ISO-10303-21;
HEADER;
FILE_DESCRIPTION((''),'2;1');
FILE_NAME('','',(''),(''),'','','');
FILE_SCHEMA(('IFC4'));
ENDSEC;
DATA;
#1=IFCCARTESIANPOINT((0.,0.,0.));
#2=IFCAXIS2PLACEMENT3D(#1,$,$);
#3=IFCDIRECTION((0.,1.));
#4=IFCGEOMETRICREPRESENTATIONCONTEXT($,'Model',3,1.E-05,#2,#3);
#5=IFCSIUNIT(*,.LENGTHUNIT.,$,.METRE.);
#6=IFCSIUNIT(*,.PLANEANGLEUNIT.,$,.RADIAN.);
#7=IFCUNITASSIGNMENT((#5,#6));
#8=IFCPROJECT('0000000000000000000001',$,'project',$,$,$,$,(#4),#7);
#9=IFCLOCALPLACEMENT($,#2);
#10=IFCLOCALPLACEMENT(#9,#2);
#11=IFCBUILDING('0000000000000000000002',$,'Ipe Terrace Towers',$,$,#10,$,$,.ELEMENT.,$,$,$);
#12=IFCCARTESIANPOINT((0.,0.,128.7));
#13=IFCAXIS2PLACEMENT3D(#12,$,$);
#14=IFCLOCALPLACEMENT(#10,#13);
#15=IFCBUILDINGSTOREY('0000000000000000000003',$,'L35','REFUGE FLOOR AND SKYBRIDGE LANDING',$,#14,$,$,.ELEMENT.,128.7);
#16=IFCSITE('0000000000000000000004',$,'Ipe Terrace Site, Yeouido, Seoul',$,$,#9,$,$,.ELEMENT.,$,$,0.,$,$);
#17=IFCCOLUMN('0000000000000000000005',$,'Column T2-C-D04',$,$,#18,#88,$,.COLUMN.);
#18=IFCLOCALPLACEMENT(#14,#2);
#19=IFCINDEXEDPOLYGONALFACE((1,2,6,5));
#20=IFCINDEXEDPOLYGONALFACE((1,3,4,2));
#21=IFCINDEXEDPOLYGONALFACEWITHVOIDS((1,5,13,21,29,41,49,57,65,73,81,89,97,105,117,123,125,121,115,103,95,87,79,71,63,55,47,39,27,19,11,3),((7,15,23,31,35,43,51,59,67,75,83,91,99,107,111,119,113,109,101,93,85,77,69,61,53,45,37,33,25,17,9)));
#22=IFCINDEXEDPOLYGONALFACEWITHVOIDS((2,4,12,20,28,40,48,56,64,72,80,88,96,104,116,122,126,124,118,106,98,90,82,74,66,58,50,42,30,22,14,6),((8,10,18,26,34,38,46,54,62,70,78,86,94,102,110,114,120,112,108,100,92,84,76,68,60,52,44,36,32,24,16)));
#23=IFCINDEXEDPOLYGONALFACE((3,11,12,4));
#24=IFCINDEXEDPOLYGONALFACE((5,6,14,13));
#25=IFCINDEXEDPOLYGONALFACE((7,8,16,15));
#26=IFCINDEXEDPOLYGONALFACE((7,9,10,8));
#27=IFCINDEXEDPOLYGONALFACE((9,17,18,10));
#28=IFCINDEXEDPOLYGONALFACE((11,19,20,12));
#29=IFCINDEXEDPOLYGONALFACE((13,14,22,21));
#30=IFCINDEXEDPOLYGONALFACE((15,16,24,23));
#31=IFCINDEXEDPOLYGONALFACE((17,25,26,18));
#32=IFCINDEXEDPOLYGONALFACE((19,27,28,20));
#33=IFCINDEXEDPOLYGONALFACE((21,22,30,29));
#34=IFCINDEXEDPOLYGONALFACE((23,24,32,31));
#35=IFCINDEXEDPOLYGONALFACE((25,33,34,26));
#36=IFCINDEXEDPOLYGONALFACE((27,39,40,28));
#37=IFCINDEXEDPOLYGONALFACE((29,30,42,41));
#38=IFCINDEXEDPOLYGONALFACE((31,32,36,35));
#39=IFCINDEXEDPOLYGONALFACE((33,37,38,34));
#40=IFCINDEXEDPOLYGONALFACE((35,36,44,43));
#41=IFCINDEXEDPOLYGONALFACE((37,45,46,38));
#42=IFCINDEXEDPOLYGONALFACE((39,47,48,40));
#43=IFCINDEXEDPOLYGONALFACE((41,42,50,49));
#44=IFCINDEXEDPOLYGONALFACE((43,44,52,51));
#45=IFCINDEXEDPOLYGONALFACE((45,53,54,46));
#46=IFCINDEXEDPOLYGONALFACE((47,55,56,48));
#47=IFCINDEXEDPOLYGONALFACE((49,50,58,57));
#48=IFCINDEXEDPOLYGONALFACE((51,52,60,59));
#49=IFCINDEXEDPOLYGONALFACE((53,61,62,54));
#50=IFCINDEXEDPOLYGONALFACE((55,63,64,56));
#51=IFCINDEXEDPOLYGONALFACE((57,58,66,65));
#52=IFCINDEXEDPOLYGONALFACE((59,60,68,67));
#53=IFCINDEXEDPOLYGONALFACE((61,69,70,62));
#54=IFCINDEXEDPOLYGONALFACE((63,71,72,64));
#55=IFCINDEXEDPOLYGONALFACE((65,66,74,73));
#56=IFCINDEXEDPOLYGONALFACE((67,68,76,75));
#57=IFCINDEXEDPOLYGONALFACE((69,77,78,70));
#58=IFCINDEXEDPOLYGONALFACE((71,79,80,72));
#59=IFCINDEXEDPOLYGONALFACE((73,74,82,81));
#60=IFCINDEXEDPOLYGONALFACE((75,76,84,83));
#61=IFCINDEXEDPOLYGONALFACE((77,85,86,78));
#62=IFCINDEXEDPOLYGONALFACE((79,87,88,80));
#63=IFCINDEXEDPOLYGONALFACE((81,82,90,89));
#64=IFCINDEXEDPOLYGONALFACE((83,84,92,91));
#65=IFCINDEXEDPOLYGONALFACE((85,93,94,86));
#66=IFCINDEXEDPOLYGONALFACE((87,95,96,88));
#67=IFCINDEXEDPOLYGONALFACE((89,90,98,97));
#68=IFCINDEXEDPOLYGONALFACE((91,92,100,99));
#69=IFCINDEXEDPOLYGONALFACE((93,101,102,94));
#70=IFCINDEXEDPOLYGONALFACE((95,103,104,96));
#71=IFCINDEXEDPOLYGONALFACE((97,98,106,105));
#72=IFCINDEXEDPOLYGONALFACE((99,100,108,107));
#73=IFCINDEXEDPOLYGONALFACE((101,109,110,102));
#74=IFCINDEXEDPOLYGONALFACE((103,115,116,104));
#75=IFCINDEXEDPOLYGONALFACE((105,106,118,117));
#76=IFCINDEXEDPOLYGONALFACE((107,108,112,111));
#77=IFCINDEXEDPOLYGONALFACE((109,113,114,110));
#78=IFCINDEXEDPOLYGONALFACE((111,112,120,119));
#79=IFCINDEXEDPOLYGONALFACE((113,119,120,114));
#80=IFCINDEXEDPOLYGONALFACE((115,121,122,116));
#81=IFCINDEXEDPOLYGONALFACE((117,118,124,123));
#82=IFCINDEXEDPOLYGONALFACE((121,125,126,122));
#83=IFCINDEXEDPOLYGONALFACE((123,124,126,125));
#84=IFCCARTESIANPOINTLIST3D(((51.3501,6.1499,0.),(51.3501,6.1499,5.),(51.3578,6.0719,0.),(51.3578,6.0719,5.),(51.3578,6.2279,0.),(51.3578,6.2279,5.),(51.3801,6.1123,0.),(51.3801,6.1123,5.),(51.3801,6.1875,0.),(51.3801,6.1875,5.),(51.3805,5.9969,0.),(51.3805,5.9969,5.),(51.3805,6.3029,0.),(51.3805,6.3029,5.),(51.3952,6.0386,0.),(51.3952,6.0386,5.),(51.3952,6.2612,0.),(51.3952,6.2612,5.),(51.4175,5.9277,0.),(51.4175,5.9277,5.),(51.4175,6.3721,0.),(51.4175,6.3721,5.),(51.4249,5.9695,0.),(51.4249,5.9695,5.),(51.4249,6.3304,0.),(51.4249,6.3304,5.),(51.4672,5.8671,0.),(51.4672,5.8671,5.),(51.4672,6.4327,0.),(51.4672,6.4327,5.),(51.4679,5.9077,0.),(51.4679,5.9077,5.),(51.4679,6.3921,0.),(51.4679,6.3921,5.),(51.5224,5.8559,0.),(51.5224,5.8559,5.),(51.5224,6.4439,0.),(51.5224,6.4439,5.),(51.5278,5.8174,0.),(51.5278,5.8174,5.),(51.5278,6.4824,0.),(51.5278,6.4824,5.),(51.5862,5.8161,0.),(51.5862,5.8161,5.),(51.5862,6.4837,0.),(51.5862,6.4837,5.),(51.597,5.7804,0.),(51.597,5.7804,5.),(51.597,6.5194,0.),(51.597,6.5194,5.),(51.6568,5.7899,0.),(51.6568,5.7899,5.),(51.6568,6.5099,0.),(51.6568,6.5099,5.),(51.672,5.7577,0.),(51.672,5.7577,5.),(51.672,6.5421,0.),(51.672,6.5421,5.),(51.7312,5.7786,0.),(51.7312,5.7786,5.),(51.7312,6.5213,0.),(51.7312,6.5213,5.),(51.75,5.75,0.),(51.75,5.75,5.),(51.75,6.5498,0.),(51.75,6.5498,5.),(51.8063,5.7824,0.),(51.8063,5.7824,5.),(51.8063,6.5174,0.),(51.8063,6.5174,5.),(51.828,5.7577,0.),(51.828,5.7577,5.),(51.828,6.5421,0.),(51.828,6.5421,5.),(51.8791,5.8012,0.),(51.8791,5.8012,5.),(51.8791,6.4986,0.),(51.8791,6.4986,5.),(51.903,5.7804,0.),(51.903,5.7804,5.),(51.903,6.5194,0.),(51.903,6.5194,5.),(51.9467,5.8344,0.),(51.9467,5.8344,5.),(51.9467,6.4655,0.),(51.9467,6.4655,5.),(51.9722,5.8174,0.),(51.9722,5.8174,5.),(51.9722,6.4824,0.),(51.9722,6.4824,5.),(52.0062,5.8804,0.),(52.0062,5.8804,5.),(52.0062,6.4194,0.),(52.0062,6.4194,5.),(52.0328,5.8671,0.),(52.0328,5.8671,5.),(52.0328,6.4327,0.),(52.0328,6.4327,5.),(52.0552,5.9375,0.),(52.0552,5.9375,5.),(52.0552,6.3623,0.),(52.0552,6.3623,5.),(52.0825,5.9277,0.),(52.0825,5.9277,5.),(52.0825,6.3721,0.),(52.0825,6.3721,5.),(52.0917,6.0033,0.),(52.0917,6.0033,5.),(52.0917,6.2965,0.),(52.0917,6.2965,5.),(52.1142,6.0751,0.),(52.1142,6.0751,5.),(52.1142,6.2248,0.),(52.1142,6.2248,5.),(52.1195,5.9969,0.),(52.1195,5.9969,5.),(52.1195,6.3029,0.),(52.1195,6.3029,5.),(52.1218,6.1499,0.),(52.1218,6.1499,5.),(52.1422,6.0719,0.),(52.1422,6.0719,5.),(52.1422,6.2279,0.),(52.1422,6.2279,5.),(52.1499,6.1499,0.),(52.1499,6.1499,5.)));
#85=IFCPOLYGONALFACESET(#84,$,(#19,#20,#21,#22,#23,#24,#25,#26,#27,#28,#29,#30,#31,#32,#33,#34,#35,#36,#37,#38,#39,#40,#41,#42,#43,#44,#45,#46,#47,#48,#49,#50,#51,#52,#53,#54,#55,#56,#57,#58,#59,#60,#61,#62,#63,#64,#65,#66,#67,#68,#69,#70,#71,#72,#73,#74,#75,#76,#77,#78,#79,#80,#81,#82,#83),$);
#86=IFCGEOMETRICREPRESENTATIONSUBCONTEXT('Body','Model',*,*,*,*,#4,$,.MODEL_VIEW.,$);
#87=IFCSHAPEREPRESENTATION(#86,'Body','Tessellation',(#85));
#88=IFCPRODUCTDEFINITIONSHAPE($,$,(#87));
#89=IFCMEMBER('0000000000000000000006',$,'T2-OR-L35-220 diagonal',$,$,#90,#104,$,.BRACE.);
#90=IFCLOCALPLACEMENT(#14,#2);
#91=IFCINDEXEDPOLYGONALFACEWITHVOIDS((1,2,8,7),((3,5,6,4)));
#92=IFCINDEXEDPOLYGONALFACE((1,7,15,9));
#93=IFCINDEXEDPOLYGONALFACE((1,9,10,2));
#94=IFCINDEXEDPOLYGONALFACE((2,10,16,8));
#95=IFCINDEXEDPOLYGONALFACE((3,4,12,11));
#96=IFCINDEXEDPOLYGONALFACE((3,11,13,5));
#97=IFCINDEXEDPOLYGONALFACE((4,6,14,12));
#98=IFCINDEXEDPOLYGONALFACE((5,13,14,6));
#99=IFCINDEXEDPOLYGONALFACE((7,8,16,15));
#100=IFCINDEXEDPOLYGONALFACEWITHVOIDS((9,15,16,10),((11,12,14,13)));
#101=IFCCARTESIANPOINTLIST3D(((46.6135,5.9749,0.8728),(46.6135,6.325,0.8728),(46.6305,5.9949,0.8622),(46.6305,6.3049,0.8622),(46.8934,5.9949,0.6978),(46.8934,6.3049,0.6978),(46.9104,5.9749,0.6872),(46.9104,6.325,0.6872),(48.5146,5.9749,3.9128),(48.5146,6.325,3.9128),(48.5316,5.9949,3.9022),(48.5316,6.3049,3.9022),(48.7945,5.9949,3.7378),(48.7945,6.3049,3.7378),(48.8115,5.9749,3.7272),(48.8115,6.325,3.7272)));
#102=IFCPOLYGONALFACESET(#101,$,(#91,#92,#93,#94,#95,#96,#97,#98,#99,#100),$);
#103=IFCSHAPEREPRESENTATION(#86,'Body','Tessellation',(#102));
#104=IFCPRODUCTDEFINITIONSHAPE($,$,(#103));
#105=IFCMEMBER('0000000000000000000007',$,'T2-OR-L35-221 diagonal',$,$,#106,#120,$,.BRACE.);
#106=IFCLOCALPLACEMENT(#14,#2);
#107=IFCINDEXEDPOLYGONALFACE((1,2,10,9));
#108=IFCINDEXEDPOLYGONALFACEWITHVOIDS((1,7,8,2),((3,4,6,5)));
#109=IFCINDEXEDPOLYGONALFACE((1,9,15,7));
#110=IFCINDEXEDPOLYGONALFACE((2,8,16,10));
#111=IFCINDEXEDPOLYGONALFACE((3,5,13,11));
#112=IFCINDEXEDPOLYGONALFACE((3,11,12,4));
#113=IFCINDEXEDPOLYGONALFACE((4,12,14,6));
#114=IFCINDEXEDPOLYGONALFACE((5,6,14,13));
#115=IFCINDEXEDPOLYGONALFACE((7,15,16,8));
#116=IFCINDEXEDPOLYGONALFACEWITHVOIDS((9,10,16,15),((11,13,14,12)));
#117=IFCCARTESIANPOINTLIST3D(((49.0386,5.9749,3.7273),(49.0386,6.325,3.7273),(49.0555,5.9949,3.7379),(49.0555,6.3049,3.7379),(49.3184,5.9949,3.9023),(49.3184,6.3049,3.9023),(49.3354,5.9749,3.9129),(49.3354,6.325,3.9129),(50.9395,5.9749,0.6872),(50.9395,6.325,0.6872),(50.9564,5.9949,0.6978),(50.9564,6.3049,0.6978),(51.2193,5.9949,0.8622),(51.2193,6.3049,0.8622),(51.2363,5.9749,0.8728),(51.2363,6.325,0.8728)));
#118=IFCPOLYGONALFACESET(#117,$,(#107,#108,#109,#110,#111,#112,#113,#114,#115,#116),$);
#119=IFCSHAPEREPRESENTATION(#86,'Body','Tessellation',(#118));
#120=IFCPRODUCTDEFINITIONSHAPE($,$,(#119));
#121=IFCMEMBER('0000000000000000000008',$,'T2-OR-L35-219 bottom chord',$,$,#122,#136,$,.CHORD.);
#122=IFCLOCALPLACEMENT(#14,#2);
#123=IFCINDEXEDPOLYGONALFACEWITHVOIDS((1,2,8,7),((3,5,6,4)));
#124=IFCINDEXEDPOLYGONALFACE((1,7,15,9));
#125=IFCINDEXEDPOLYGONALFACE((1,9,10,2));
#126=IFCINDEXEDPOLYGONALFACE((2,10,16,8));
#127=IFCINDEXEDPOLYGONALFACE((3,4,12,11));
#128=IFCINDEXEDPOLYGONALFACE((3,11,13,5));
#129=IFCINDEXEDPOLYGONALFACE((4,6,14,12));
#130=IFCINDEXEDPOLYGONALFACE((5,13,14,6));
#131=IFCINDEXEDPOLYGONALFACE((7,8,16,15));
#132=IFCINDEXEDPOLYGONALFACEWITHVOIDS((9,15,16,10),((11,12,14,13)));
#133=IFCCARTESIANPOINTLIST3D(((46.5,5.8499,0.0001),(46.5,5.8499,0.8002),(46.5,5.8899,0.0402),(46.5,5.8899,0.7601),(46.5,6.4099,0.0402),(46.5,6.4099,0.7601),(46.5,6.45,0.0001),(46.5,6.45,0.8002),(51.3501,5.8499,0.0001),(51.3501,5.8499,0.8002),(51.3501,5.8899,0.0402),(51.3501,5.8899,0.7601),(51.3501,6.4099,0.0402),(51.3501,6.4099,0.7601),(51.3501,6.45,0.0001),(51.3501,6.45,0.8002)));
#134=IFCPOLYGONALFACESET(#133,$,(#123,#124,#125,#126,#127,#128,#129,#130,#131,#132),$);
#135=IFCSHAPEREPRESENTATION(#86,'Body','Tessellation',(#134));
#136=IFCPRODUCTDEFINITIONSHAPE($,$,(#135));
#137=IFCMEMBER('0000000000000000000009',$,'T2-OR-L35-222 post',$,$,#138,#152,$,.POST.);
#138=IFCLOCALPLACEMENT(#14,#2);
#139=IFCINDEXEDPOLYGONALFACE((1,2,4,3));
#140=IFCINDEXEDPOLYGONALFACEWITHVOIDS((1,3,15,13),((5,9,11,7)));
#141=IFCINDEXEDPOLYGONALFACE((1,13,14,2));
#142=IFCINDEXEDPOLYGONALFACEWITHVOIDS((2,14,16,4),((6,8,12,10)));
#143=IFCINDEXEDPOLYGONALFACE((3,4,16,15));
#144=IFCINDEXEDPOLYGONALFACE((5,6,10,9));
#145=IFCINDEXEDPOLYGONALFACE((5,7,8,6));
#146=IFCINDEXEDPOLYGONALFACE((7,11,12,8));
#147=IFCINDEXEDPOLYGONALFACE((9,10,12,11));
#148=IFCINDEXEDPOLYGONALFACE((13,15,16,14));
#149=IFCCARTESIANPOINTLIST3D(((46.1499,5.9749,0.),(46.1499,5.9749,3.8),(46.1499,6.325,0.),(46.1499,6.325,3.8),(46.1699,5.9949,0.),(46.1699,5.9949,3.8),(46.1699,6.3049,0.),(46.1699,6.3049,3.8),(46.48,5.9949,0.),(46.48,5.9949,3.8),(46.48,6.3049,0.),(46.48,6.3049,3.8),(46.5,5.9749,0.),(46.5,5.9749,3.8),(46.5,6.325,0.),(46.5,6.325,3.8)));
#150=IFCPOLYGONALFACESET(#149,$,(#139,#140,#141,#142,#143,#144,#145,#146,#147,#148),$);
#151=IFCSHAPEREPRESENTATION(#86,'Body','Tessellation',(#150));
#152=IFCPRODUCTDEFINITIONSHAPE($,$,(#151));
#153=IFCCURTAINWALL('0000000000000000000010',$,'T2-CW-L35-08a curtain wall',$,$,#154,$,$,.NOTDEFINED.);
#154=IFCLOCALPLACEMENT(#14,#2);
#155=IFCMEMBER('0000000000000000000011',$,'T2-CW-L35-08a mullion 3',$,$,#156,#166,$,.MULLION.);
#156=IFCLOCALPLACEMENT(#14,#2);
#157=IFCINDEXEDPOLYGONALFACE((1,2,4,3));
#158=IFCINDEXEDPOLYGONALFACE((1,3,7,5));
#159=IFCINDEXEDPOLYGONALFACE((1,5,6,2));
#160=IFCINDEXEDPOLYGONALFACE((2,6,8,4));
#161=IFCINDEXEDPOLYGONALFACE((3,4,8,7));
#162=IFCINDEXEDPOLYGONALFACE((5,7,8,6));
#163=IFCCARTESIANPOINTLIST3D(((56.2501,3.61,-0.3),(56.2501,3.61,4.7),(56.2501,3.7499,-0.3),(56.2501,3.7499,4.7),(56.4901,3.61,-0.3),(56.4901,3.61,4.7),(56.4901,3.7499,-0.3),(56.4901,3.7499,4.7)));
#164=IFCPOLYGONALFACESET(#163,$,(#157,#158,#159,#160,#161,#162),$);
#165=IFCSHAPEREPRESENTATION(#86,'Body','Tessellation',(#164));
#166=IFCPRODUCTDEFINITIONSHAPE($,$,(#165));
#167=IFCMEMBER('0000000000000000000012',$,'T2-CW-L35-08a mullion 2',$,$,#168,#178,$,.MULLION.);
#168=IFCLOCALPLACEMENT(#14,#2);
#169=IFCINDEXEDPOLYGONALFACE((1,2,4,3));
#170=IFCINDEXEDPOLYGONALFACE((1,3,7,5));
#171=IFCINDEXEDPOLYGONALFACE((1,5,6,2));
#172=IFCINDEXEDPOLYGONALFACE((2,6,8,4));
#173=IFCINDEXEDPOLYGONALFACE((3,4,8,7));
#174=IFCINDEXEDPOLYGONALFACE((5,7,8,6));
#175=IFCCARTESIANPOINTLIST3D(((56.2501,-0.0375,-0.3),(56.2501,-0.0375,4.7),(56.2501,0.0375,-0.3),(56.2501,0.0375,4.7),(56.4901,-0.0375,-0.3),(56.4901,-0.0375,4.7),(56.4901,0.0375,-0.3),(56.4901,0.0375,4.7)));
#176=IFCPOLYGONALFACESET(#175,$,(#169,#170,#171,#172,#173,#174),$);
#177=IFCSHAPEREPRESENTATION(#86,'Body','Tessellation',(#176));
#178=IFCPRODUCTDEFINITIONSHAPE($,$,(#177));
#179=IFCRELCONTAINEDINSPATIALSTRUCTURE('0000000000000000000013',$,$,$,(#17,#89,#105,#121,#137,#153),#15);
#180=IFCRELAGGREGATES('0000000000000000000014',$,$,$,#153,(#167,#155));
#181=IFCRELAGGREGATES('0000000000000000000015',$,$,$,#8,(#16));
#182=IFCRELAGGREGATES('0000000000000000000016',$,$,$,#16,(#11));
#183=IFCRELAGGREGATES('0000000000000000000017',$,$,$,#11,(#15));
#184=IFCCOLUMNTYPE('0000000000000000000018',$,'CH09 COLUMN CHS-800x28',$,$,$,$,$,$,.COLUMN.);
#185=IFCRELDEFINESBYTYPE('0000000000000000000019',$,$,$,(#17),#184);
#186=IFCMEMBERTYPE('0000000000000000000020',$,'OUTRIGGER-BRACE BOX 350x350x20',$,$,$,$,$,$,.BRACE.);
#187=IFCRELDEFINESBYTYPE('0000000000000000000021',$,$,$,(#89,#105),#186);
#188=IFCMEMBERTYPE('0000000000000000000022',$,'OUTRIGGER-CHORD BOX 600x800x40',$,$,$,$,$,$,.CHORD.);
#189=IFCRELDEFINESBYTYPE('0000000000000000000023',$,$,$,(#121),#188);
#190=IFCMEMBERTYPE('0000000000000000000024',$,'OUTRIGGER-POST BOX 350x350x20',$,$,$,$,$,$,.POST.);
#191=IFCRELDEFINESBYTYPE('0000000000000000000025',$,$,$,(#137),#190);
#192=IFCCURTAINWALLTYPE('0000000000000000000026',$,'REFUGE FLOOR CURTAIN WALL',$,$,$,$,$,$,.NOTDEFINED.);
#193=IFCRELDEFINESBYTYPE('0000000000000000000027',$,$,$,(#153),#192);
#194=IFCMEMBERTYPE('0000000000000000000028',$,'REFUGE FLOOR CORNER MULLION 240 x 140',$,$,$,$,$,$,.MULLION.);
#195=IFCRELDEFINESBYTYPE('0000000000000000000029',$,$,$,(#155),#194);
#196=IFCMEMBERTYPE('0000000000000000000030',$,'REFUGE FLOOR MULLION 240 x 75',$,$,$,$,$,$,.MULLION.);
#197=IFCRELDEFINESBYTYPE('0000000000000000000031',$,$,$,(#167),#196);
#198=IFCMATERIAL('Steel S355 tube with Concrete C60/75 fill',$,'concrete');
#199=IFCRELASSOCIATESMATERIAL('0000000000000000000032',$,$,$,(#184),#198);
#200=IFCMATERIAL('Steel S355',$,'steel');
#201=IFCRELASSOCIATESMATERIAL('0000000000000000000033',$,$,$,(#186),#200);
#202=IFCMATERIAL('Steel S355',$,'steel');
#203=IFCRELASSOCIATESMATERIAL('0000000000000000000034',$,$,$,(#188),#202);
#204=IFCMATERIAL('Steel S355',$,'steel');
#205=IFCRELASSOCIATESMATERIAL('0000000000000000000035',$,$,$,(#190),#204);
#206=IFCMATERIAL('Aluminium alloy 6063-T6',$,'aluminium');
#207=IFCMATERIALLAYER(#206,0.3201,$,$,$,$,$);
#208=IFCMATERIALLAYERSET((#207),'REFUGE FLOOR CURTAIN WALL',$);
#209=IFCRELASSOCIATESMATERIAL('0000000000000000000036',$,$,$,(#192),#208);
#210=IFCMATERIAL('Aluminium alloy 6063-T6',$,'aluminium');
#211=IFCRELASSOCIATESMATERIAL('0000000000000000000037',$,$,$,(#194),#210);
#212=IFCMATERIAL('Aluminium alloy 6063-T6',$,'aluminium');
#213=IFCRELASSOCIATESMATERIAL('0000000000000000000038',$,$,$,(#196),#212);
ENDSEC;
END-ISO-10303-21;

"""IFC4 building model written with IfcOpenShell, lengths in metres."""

from ifc_helpers import new_model, si_unit, direction, frame, origin, origin_2d, place, context, subcontext, project, spatial, rectangle, hollow_rectangle, hollow_circle, extrude, material, layer, layer_set, material_profile, profile_set, type_object, element, aggregate, save


model = new_model("IFC4")

# Units and contexts
model_context = context("Model", 3, precision=1e-05, world=origin(), true_north=direction((0.0, 1.0)))
body_context = subcontext(model_context, "Body", "Model", "MODEL_VIEW")
ifc_project = project(units=[si_unit("LENGTHUNIT", "METRE"), si_unit("PLANEANGLEUNIT", "RADIAN")], contexts=[model_context])

# Site, building, storey
site_placement = place(None, origin())
site = spatial("IfcSite", under=ifc_project, at=site_placement, Name="Ipe Terrace Site, Yeouido, Seoul", CompositionType="ELEMENT", RefElevation=0.0)
building_placement = place(site_placement, origin())
building = spatial("IfcBuilding", under=site, at=building_placement, Name="Ipe Terrace Towers", CompositionType="ELEMENT")
storey_placement = place(building_placement, frame((0.0, 0.0, 128.7)))
storey = spatial("IfcBuildingStorey", under=building, at=storey_placement, Name="L35", Description="REFUGE FLOOR AND SKYBRIDGE LANDING", CompositionType="ELEMENT", Elevation=128.7)

# Column
ifc_material_1 = material(Name="Steel S355 tube with Concrete C60/75 fill", Category="concrete")
ifc_material_profile_1 = material_profile(ifc_material_1, hollow_circle(Radius=0.3999, WallThickness=0.0281, at=origin_2d()), Name="CHS-800x28")
ifc_profile_set_1 = profile_set([ifc_material_profile_1], Name="Steel S355 tube with Concrete C60/75 fill")
column_type = type_object("IfcColumnType", Name="CH09 COLUMN CHS-800x28", PredefinedType="COLUMN", material=ifc_profile_set_1)
column_placement = place(storey_placement, frame((51.75, 6.1499, 0.0), z_axis=(0.0, 0.0, 1.0), x_axis=(1.0, 0.0, 0.0)))
element("IfcColumn", 1, at=column_placement, inside=storey, type_object=column_type, Name="Column T2-C-D04", PredefinedType="COLUMN", context=body_context, shape_type="SweptSolid", body=[
    extrude(hollow_circle(Radius=0.3999, WallThickness=0.0281, at=origin_2d()), origin(), (0.0, 0.0, 1.0), 5.0),
])

# Members
ifc_material_2 = material(Name="Steel S355", Category="steel")
ifc_material_profile_2 = material_profile(ifc_material_2, hollow_rectangle(XDim=0.3501, YDim=0.3501, WallThickness=0.02, at=origin_2d()), Name="OUTRIGGER-BRACE BOX 350x350x20")
ifc_profile_set_2 = profile_set([ifc_material_profile_2], Name="Steel S355")
member_type_1 = type_object("IfcMemberType", Name="OUTRIGGER-BRACE BOX 350x350x20", PredefinedType="BRACE", material=ifc_profile_set_2)
for number, where, z_axis, x_axis, name in (
    (2, (46.762, 6.1499, 0.78), (0.530219, 0.0, 0.847861), (0.0, 1.0, 0.0), "T2-OR-L35-220 diagonal"),
    (3, (51.0879, 6.1499, 0.78), (-0.53017, 0.0, 0.847891), (0.0, -1.0, 0.0), "T2-OR-L35-221 diagonal"),
):
    element("IfcMember", number, at=place(storey_placement, frame(where, z_axis=z_axis, x_axis=x_axis)), inside=storey, type_object=member_type_1, Name=name, PredefinedType="BRACE", context=body_context, shape_type="SweptSolid", body=[
        extrude(hollow_rectangle(XDim=0.3501, YDim=0.3501, WallThickness=0.02, at=origin_2d()), origin(), (0.0, 0.0, 1.0), 3.5854),
    ])
ifc_material_3 = material(Name="Steel S355", Category="steel")
ifc_material_profile_3 = material_profile(ifc_material_3, hollow_rectangle(XDim=0.6001, YDim=0.8, WallThickness=0.04, at=origin_2d()), Name="OUTRIGGER-CHORD BOX 600x800x40")
ifc_profile_set_3 = profile_set([ifc_material_profile_3], Name="Steel S355")
member_type_2 = type_object("IfcMemberType", Name="OUTRIGGER-CHORD BOX 600x800x40", PredefinedType="CHORD", material=ifc_profile_set_3)
member_1_placement = place(storey_placement, frame((46.5, 6.1499, 0.4001), z_axis=(1.0, 0.0, 0.0), x_axis=(0.0, 1.0, 0.0)))
element("IfcMember", 4, at=member_1_placement, inside=storey, type_object=member_type_2, Name="T2-OR-L35-219 bottom chord", PredefinedType="CHORD", context=body_context, shape_type="SweptSolid", body=[
    extrude(hollow_rectangle(XDim=0.6001, YDim=0.8, WallThickness=0.04, at=origin_2d()), origin(), (0.0, 0.0, 1.0), 4.8501),
])
ifc_material_4 = material(Name="Steel S355", Category="steel")
ifc_material_profile_4 = material_profile(ifc_material_4, hollow_rectangle(XDim=0.3501, YDim=0.3501, WallThickness=0.02, at=origin_2d()), Name="OUTRIGGER-POST BOX 350x350x20")
ifc_profile_set_4 = profile_set([ifc_material_profile_4], Name="Steel S355")
member_type_3 = type_object("IfcMemberType", Name="OUTRIGGER-POST BOX 350x350x20", PredefinedType="POST", material=ifc_profile_set_4)
member_2_placement = place(storey_placement, frame((46.325, 6.1499, 0.0), z_axis=(0.0, 0.0, 1.0), x_axis=(1.0, 0.0, 0.0)))
element("IfcMember", 5, at=member_2_placement, inside=storey, type_object=member_type_3, Name="T2-OR-L35-222 post", PredefinedType="POST", context=body_context, shape_type="SweptSolid", body=[
    extrude(hollow_rectangle(XDim=0.3501, YDim=0.3501, WallThickness=0.02, at=origin_2d()), origin(), (0.0, 0.0, 1.0), 3.8),
])

# Curtain wall, members
ifc_material_5 = material(Name="Aluminium alloy 6063-T6", Category="aluminium")
ifc_layer_1 = layer(ifc_material_5, 0.3201)
ifc_layer_set_1 = layer_set([ifc_layer_1], Name="REFUGE FLOOR CURTAIN WALL")
curtain_wall_type = type_object("IfcCurtainWallType", Name="REFUGE FLOOR CURTAIN WALL", PredefinedType="NOTDEFINED", material=ifc_layer_set_1)
curtain_wall_placement = place(storey_placement, origin())
curtain_wall = element("IfcCurtainWall", 6, at=curtain_wall_placement, inside=storey, type_object=curtain_wall_type, Name="T2-CW-L35-08a curtain wall", PredefinedType="NOTDEFINED")
ifc_material_6 = material(Name="Aluminium alloy 6063-T6", Category="aluminium")
ifc_material_profile_5 = material_profile(ifc_material_6, rectangle(XDim=0.24, YDim=0.1399, at=origin_2d()), Name="REFUGE FLOOR CORNER MULLION 240 x 140")
ifc_profile_set_5 = profile_set([ifc_material_profile_5], Name="Aluminium alloy 6063-T6")
member_type_4 = type_object("IfcMemberType", Name="REFUGE FLOOR CORNER MULLION 240 x 140", PredefinedType="MULLION", material=ifc_profile_set_5)
member_3_placement = place(storey_placement, frame((56.3701, 3.6799, -0.3), z_axis=(0.0, 0.0, 1.0), x_axis=(1.0, 0.0, 0.0)))
member_3 = element("IfcMember", 7, at=member_3_placement, type_object=member_type_4, Name="T2-CW-L35-08a mullion 3", PredefinedType="MULLION", context=body_context, shape_type="SweptSolid", body=[
    extrude(rectangle(XDim=0.24, YDim=0.1399, at=origin_2d()), origin(), (0.0, 0.0, 1.0), 5.0),
])
ifc_material_7 = material(Name="Aluminium alloy 6063-T6", Category="aluminium")
ifc_material_profile_6 = material_profile(ifc_material_7, rectangle(XDim=0.24, YDim=0.075, at=origin_2d()), Name="REFUGE FLOOR MULLION 240 x 75")
ifc_profile_set_6 = profile_set([ifc_material_profile_6], Name="Aluminium alloy 6063-T6")
member_type_5 = type_object("IfcMemberType", Name="REFUGE FLOOR MULLION 240 x 75", PredefinedType="MULLION", material=ifc_profile_set_6)
member_4_placement = place(storey_placement, frame((56.3701, 0.0, -0.3), z_axis=(0.0, 0.0, 1.0), x_axis=(1.0, 0.0, 0.0)))
member_4 = element("IfcMember", 8, at=member_4_placement, type_object=member_type_5, Name="T2-CW-L35-08a mullion 2", PredefinedType="MULLION", context=body_context, shape_type="SweptSolid", body=[
    extrude(rectangle(XDim=0.24, YDim=0.075, at=origin_2d()), origin(), (0.0, 0.0, 1.0), 5.0),
])

aggregate(curtain_wall, [member_4, member_3])

save(model, "model.ifc")
